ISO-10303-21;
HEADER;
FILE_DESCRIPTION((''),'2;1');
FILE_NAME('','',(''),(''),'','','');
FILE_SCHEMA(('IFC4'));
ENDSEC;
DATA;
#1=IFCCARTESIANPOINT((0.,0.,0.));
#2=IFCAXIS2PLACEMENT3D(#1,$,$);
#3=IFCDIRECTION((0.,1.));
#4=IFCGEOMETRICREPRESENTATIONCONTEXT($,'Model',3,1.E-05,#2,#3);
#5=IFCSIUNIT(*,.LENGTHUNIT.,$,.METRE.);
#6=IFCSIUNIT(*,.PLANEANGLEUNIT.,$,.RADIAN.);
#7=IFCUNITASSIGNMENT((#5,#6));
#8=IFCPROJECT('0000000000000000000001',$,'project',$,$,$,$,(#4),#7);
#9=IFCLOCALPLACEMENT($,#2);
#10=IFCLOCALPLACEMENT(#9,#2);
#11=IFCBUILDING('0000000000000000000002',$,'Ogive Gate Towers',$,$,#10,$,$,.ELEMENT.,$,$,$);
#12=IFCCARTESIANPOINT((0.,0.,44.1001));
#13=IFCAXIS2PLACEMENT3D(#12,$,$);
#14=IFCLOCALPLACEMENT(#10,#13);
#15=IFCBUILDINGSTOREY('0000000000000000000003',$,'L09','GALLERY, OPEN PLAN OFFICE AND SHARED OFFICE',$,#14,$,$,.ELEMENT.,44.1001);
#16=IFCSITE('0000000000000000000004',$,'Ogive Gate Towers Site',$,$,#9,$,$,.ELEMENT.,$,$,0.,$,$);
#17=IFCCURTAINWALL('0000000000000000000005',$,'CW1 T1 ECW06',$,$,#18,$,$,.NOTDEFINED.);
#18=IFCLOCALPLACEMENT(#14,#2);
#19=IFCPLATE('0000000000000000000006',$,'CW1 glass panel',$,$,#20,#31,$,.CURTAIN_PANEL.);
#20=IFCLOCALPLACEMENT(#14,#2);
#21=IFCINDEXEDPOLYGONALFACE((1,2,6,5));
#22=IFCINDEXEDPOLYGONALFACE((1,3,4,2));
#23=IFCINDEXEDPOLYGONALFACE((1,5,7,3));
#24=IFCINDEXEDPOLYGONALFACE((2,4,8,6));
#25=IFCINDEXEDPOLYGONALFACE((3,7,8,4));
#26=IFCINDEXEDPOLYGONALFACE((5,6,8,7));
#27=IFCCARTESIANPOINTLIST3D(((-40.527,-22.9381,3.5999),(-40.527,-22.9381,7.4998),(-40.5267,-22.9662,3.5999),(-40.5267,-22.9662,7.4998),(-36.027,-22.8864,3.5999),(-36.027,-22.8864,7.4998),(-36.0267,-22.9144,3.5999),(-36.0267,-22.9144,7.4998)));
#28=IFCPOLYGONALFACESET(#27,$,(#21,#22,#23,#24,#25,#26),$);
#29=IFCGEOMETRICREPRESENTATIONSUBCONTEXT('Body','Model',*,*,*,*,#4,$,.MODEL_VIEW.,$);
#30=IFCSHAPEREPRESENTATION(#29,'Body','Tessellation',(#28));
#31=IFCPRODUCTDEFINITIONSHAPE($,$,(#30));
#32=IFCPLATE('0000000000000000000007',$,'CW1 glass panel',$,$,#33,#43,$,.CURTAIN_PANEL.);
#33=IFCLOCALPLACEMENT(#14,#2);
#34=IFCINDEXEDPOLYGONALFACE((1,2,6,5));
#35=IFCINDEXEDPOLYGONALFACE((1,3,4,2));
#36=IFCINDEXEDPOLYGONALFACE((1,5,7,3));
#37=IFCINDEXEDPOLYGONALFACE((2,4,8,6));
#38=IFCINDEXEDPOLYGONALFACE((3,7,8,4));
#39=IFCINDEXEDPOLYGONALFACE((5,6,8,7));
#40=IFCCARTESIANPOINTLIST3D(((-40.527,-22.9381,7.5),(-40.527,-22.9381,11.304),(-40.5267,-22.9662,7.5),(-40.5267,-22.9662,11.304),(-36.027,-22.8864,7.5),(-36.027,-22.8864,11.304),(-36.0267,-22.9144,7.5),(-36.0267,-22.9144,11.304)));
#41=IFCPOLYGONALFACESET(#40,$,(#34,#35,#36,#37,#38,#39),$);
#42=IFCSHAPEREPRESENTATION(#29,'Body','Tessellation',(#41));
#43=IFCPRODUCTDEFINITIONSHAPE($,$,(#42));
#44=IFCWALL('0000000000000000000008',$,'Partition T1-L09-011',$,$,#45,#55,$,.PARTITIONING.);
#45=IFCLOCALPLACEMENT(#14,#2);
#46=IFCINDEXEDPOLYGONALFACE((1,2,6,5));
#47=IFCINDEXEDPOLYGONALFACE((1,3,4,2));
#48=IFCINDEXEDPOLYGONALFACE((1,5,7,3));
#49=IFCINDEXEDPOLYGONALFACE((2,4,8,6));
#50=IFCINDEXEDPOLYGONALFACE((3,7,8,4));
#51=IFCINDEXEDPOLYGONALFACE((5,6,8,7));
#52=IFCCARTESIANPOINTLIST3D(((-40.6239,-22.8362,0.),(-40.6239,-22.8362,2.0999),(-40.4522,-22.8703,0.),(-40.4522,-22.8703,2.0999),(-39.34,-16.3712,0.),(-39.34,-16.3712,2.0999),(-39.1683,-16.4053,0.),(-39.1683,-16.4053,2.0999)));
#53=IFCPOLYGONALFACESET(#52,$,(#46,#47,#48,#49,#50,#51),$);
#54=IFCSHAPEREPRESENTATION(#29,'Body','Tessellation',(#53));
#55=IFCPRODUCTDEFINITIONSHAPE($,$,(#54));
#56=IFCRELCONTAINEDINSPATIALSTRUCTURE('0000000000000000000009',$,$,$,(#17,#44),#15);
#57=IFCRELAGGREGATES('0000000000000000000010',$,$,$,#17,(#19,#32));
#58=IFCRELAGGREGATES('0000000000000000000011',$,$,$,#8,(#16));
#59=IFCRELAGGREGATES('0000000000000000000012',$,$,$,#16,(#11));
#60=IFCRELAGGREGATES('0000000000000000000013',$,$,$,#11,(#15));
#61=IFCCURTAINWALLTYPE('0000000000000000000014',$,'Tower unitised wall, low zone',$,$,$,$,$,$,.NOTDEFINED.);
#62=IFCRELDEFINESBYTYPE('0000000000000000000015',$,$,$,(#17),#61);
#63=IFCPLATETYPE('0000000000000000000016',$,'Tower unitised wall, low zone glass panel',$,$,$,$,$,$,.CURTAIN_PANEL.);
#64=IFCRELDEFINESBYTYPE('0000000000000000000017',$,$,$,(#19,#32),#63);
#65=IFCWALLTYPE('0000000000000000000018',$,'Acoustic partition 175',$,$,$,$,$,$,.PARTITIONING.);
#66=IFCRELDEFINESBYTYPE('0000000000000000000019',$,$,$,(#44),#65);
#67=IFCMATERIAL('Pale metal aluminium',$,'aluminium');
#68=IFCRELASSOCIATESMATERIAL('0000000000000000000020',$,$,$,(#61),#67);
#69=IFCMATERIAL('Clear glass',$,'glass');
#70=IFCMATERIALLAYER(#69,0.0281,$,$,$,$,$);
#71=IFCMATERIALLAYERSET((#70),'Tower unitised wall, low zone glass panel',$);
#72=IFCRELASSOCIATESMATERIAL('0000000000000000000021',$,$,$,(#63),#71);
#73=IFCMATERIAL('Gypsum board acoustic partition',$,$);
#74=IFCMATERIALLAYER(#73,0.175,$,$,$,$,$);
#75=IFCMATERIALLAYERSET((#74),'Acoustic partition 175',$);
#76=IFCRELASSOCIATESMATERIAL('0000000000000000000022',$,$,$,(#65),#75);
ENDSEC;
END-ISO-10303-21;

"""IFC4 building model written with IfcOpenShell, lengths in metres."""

from ifc_helpers import new_model, si_unit, direction, frame, frame_2d, origin, origin_2d, place, context, subcontext, project, spatial, rectangle, extrude, material, layer, layer_set, type_object, element, aggregate, save


model = new_model("IFC4")

# Units and contexts
model_context = context("Model", 3, precision=1e-05, world=origin(), true_north=direction((0.0, 1.0)))
body_context = subcontext(model_context, "Body", "Model", "MODEL_VIEW")
ifc_project = project(units=[si_unit("LENGTHUNIT", "METRE"), si_unit("PLANEANGLEUNIT", "RADIAN")], contexts=[model_context])

# Site, building, storey
site_placement = place(None, origin())
site = spatial("IfcSite", under=ifc_project, at=site_placement, Name="Ogive Gate Towers Site", CompositionType="ELEMENT", RefElevation=0.0)
building_placement = place(site_placement, origin())
building = spatial("IfcBuilding", under=site, at=building_placement, Name="Ogive Gate Towers", CompositionType="ELEMENT")
storey_placement = place(building_placement, frame((0.0, 0.0, 44.1001)))
storey = spatial("IfcBuildingStorey", under=building, at=storey_placement, Name="L09", Description="GALLERY, OPEN PLAN OFFICE AND SHARED OFFICE", CompositionType="ELEMENT", Elevation=44.1001)

# Curtain wall, plates
ifc_material_1 = material(Name="Pale metal aluminium", Category="aluminium")
curtain_wall_type = type_object("IfcCurtainWallType", Name="Tower unitised wall, low zone", PredefinedType="NOTDEFINED", material=ifc_material_1)
curtain_wall_placement = place(storey_placement, origin())
curtain_wall = element("IfcCurtainWall", 1, at=curtain_wall_placement, inside=storey, type_object=curtain_wall_type, Name="CW1 T1 ECW06", PredefinedType="NOTDEFINED")
ifc_material_2 = material(Name="Clear glass", Category="glass")
ifc_layer_1 = layer(ifc_material_2, 0.0281)
ifc_layer_set_1 = layer_set([ifc_layer_1], Name="Tower unitised wall, low zone glass panel")
plate_type = type_object("IfcPlateType", Name="Tower unitised wall, low zone glass panel", PredefinedType="CURTAIN_PANEL", material=ifc_layer_set_1)
plate_1_placement = place(storey_placement, frame((-38.2769, -22.9263, 3.5999), z_axis=(0.0, 0.0, 1.0), x_axis=(0.999934, 0.011501, 0.0)))
plate_1 = element("IfcPlate", 2, at=plate_1_placement, type_object=plate_type, Name="CW1 glass panel", PredefinedType="CURTAIN_PANEL", context=body_context, shape_type="SweptSolid", body=[
    extrude(rectangle(XDim=4.5002, YDim=0.0281, at=origin_2d()), origin(), (0.0, 0.0, 1.0), 3.8999),
])
plate_2_placement = place(storey_placement, frame((-38.2769, -22.9263, 7.5), z_axis=(0.0, 0.0, 1.0), x_axis=(0.999934, 0.011501, 0.0)))
plate_2 = element("IfcPlate", 3, at=plate_2_placement, type_object=plate_type, Name="CW1 glass panel", PredefinedType="CURTAIN_PANEL", context=body_context, shape_type="SweptSolid", body=[
    extrude(rectangle(XDim=4.5002, YDim=0.0281, at=origin_2d()), origin(), (0.0, 0.0, 1.0), 3.804),
])
aggregate(curtain_wall, [plate_1, plate_2])

# Wall
ifc_material_3 = material(Name="Gypsum board acoustic partition")
ifc_layer_2 = layer(ifc_material_3, 0.175)
ifc_layer_set_2 = layer_set([ifc_layer_2], Name="Acoustic partition 175")
wall_type = type_object("IfcWallType", Name="Acoustic partition 175", PredefinedType="PARTITIONING", material=ifc_layer_set_2)
wall_placement = place(storey_placement, frame((-40.5381, -22.8533, 0.0), z_axis=(0.0, 0.0, 1.0), x_axis=(0.194791, 0.980845, 0.0)))
element("IfcWall", 4, at=wall_placement, inside=storey, type_object=wall_type, Name="Partition T1-L09-011", PredefinedType="PARTITIONING", context=body_context, shape_type="SweptSolid", body=[
    extrude(rectangle(XDim=6.5913, YDim=0.175, at=frame_2d((3.2957, 0.0))), origin(), (0.0, 0.0, 1.0), 2.0999),
])

save(model, "model.ifc")
